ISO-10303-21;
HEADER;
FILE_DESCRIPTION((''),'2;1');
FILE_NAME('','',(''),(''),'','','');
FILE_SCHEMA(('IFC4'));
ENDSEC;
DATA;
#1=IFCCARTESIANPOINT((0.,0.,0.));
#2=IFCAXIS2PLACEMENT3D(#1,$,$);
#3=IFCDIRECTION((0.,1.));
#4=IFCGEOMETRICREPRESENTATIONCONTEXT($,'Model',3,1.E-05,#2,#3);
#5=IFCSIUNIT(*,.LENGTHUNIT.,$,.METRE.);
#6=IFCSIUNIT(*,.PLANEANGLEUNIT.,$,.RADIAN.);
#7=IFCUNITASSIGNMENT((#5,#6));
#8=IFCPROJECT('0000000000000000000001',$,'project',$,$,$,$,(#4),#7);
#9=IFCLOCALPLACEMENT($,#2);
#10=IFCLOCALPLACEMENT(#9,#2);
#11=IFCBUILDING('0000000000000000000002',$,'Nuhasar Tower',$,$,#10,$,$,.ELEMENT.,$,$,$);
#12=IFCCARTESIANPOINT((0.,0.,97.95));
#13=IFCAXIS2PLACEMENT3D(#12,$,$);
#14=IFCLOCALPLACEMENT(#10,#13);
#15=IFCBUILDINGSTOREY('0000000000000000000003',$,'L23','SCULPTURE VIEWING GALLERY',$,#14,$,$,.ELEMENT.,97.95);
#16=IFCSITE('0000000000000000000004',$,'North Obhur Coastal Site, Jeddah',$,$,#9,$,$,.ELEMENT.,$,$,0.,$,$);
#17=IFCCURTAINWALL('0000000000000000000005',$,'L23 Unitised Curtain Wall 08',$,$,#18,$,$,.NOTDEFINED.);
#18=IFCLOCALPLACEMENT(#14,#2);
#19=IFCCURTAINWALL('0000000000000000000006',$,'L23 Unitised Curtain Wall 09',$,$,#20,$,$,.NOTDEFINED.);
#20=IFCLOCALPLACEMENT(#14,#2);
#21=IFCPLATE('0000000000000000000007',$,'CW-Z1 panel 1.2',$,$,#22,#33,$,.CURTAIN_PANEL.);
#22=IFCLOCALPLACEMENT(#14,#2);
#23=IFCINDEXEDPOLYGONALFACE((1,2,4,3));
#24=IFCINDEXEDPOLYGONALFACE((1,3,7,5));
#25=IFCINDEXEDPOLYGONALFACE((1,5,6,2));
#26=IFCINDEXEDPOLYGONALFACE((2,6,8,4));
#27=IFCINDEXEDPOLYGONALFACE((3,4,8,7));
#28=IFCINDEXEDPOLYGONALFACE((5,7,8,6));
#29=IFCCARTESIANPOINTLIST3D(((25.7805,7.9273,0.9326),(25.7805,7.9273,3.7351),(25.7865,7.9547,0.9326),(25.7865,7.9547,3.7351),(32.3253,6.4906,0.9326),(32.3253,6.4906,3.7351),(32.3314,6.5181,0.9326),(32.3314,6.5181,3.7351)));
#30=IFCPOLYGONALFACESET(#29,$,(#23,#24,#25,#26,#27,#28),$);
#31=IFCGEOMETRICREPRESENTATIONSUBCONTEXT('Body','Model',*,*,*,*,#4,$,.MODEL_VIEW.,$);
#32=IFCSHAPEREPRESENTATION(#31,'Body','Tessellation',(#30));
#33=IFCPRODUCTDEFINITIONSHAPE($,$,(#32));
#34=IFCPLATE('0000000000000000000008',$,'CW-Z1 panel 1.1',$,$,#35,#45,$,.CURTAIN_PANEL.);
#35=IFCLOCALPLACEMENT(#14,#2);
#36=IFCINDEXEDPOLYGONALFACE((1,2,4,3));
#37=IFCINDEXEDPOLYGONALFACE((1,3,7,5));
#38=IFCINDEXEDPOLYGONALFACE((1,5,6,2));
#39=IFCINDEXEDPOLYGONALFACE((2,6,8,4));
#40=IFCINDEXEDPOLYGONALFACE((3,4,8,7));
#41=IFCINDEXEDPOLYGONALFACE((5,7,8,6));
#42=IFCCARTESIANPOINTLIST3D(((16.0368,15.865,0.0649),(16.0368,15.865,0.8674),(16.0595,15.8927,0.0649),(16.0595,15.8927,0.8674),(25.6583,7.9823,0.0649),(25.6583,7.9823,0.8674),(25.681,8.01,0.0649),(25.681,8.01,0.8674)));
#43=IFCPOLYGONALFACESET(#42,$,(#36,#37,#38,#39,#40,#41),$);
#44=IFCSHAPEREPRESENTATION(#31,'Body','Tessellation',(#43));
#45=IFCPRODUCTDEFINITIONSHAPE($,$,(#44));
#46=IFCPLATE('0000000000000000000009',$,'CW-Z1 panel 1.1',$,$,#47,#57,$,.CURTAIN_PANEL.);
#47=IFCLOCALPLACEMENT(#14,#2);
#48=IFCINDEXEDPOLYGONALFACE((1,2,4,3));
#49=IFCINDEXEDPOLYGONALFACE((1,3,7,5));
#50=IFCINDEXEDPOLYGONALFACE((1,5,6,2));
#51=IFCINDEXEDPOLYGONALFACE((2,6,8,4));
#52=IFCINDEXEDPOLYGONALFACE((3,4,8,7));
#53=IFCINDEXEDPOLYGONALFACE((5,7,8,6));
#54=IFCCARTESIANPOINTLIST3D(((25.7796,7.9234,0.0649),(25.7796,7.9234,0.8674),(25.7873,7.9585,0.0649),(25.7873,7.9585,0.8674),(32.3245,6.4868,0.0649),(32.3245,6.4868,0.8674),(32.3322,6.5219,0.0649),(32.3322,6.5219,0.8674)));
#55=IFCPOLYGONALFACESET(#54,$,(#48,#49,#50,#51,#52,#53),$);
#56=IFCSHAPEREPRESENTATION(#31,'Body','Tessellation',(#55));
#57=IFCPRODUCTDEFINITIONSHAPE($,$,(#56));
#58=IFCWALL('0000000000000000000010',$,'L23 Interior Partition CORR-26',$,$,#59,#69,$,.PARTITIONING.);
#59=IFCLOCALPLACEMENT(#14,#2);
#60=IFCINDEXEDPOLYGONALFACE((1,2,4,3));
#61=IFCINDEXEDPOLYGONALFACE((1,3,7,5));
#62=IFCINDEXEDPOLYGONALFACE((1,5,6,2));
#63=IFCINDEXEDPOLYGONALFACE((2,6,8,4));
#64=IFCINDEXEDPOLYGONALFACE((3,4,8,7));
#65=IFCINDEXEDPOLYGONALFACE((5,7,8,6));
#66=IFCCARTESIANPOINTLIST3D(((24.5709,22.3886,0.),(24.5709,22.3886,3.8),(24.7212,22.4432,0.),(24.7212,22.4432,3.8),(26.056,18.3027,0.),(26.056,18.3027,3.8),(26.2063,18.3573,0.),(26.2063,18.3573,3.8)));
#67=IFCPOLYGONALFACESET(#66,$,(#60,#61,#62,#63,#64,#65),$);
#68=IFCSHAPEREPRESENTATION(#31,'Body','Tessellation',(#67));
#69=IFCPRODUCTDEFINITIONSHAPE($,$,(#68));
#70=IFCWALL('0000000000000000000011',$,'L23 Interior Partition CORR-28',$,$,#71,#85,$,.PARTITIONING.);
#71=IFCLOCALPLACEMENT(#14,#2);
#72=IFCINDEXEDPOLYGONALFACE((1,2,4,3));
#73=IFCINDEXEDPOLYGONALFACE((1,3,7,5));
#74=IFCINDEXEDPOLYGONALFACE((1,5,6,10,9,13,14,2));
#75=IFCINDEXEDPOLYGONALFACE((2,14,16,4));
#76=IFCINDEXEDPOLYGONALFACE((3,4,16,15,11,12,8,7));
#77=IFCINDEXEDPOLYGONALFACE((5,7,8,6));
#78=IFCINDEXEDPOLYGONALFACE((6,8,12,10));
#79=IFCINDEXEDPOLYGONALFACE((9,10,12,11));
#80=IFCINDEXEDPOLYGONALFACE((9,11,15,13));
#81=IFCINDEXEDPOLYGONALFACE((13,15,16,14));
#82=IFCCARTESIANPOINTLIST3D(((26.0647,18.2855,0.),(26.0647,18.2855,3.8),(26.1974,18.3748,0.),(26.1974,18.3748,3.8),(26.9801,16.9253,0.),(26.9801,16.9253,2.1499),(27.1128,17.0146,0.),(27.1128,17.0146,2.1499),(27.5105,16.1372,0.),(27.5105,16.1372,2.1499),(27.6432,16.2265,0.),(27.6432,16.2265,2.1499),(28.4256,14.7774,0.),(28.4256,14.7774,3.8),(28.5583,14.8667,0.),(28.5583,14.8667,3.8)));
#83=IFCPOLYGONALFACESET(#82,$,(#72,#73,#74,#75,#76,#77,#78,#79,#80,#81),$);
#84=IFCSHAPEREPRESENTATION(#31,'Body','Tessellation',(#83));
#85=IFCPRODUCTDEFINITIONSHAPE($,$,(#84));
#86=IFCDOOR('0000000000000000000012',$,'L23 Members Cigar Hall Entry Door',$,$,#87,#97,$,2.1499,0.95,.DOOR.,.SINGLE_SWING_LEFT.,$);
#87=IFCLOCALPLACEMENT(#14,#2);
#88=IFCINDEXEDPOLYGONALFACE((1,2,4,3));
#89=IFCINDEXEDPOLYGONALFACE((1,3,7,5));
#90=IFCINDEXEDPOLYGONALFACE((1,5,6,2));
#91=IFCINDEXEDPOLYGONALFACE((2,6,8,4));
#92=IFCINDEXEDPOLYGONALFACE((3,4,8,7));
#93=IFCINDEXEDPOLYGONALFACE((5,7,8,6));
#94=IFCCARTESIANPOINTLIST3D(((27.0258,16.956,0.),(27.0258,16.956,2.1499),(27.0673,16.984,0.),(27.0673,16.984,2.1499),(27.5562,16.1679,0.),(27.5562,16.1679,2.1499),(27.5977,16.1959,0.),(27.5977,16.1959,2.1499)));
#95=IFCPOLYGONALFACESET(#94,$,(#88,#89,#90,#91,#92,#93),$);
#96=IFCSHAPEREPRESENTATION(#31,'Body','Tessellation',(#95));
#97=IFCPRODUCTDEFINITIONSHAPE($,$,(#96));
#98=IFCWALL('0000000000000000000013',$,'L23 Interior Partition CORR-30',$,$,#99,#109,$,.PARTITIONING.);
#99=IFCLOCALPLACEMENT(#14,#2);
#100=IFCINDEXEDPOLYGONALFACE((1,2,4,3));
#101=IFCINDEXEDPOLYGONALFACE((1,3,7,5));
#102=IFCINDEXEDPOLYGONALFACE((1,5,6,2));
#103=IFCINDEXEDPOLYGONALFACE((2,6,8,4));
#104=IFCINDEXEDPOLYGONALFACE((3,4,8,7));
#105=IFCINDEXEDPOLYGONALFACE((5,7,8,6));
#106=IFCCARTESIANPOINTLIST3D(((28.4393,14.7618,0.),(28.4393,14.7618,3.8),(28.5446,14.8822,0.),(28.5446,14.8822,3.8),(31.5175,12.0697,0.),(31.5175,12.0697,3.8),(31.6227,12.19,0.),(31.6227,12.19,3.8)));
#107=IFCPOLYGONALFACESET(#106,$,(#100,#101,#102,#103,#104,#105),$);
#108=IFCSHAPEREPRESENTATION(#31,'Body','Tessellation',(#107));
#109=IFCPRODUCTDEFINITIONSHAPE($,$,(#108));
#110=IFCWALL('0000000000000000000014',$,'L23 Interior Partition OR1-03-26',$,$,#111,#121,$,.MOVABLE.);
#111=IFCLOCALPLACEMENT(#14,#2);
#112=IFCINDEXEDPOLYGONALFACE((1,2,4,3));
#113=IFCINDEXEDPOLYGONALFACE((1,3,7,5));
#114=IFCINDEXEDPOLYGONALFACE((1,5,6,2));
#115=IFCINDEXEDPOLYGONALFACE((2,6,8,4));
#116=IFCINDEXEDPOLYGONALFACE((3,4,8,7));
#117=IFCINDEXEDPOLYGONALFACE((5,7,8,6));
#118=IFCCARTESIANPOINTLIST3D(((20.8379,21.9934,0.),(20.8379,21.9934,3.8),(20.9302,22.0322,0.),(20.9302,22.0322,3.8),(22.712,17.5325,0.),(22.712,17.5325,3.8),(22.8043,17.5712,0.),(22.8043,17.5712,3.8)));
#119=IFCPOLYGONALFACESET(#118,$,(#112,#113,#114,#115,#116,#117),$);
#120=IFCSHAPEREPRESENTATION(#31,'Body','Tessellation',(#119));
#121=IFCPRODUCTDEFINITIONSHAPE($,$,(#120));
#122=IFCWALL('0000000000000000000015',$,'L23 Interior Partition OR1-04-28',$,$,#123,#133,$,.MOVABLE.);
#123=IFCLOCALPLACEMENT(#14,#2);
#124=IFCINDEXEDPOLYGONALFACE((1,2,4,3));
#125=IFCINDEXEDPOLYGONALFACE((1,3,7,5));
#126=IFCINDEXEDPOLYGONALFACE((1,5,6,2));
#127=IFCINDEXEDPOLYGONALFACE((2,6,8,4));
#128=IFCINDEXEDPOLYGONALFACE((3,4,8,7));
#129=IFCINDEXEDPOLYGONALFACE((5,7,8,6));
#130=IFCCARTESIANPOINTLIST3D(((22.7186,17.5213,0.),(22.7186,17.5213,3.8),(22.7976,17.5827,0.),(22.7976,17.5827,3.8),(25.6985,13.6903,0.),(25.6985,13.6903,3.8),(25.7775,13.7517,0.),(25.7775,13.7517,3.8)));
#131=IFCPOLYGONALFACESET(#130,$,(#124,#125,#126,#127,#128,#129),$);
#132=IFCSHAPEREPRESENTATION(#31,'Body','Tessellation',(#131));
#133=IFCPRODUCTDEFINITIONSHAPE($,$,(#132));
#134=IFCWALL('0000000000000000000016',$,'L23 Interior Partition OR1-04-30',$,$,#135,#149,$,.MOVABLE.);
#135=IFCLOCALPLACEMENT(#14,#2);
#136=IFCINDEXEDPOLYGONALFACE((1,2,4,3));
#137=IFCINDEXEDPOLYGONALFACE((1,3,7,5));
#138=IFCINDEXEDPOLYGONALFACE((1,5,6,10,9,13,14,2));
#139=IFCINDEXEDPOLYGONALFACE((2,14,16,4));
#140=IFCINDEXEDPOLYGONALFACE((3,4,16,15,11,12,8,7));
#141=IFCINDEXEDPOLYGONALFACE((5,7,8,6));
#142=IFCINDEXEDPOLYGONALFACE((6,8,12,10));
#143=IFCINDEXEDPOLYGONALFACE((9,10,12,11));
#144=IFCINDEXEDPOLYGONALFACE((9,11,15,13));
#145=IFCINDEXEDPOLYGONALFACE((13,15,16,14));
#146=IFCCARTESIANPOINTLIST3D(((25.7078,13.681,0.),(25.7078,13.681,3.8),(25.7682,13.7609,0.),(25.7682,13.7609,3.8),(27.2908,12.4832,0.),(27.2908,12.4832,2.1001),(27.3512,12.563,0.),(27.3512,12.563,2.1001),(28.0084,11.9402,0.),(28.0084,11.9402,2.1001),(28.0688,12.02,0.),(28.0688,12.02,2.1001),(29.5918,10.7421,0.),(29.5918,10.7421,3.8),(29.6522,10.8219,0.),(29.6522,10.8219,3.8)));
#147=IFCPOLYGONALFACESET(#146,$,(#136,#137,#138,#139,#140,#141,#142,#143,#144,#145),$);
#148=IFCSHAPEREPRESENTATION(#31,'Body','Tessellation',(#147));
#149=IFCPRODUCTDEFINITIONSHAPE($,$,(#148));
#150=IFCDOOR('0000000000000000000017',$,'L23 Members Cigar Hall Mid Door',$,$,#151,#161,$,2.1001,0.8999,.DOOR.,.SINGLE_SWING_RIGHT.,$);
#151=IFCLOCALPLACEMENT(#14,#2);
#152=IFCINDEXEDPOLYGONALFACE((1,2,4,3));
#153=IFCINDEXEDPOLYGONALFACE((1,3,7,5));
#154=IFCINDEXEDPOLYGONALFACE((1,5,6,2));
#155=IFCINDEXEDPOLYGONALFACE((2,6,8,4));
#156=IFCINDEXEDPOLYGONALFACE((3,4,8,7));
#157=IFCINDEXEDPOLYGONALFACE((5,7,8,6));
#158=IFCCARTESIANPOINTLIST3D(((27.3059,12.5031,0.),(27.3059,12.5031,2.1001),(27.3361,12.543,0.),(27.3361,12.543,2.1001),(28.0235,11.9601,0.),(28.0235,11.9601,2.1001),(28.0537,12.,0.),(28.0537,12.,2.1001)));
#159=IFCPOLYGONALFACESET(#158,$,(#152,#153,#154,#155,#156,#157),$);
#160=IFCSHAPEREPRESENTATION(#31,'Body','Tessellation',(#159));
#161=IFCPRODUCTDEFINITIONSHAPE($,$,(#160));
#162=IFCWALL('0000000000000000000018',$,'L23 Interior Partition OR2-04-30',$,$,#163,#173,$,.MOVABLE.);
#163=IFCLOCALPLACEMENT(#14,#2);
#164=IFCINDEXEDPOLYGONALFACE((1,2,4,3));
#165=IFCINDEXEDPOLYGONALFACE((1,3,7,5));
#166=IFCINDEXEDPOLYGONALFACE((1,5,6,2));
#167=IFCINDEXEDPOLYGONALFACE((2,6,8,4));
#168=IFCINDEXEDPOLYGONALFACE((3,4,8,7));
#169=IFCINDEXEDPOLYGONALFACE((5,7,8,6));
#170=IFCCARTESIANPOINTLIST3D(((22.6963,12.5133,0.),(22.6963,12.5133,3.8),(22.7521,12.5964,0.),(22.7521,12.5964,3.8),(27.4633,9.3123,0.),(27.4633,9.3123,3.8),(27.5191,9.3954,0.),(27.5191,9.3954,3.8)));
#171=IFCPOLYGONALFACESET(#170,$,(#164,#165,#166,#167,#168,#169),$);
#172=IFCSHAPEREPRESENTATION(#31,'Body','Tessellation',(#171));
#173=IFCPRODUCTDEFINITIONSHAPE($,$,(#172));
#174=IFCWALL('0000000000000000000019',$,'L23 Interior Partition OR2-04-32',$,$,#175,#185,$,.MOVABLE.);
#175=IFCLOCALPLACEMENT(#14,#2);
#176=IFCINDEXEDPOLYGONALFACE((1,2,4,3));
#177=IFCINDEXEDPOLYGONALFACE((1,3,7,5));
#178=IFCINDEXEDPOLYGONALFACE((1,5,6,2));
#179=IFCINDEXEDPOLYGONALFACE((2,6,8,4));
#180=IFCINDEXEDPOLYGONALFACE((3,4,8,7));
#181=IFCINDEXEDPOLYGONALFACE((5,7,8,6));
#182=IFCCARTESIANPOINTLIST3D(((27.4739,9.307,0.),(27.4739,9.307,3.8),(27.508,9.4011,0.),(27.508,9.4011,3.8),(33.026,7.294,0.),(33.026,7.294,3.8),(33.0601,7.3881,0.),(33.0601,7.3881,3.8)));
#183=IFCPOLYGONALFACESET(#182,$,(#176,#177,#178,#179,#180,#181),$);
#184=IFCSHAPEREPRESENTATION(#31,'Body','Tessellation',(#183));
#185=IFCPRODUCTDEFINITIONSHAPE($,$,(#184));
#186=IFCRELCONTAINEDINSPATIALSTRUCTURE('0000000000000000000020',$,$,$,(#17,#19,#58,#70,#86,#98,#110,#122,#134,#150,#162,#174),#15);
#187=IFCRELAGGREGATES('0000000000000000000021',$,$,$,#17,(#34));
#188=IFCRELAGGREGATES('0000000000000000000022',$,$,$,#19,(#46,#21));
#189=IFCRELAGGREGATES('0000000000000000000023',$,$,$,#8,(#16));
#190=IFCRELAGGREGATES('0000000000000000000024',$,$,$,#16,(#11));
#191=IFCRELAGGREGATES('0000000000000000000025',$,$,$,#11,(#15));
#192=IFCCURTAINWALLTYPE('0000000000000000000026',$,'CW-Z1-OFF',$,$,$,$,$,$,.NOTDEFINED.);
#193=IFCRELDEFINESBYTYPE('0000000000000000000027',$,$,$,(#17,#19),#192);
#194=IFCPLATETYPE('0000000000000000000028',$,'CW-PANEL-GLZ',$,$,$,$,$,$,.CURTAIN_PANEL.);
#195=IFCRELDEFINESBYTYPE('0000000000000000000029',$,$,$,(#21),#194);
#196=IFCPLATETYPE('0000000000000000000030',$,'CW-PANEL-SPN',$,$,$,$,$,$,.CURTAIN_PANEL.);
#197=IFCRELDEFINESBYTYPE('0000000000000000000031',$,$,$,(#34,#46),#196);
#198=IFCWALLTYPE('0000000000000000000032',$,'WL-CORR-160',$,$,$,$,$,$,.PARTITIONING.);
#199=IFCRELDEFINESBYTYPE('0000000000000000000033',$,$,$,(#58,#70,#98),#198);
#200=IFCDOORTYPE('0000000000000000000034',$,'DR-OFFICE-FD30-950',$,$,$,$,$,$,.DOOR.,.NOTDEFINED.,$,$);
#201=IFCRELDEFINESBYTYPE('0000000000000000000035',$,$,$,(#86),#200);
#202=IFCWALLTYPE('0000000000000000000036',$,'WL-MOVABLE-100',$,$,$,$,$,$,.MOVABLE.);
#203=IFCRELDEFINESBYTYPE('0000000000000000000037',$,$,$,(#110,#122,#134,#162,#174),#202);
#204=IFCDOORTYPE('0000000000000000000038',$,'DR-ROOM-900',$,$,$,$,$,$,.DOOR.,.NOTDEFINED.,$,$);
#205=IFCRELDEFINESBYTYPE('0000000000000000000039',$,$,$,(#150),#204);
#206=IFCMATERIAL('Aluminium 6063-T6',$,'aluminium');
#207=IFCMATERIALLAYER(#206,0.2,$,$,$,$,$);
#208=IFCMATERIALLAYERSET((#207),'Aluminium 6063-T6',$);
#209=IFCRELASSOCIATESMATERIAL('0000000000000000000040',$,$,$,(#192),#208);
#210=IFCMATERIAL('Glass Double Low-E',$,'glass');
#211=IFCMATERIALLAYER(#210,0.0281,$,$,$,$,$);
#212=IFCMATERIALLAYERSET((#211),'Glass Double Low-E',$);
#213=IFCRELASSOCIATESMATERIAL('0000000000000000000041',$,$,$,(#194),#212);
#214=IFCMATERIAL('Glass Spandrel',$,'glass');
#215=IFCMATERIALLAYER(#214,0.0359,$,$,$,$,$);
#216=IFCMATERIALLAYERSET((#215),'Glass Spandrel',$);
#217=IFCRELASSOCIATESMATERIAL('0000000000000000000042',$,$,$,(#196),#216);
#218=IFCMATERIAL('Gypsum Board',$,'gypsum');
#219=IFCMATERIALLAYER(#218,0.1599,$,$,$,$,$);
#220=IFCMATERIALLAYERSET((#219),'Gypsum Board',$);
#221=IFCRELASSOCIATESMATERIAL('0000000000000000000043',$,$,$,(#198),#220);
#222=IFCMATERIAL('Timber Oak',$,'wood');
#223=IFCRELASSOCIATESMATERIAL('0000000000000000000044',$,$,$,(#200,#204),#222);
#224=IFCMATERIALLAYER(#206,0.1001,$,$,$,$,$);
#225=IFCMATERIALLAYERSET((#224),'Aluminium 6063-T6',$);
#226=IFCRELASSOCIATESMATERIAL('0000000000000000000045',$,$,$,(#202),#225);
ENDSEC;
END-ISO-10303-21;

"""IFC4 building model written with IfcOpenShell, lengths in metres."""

from ifc_helpers import new_model, si_unit, direction, frame, frame_2d, origin, origin_2d, place, context, subcontext, project, spatial, rectangle, extrude, material, layer, layer_set, type_object, element, fill, aggregate, save


model = new_model("IFC4")

# Units and contexts
model_context = context("Model", 3, precision=1e-05, world=origin(), true_north=direction((0.0, 1.0)))
body_context = subcontext(model_context, "Body", "Model", "MODEL_VIEW")
ifc_project = project(units=[si_unit("LENGTHUNIT", "METRE"), si_unit("PLANEANGLEUNIT", "RADIAN")], contexts=[model_context])

# Site, building, storey
site_placement = place(None, origin())
site = spatial("IfcSite", under=ifc_project, at=site_placement, Name="North Obhur Coastal Site, Jeddah", CompositionType="ELEMENT", RefElevation=0.0)
building_placement = place(site_placement, origin())
building = spatial("IfcBuilding", under=site, at=building_placement, Name="Nuhasar Tower", CompositionType="ELEMENT")
storey_placement = place(building_placement, frame((0.0, 0.0, 97.95)))
storey = spatial("IfcBuildingStorey", under=building, at=storey_placement, Name="L23", Description="SCULPTURE VIEWING GALLERY", CompositionType="ELEMENT", Elevation=97.95)

# Curtain wall
ifc_material_1 = material(Name="Aluminium 6063-T6", Category="aluminium")
ifc_layer_1 = layer(ifc_material_1, 0.2)
ifc_layer_set_1 = layer_set([ifc_layer_1], Name="Aluminium 6063-T6")
curtain_wall_type = type_object("IfcCurtainWallType", Name="CW-Z1-OFF", PredefinedType="NOTDEFINED", material=ifc_layer_set_1)
curtain_wall_1_placement = place(storey_placement, origin())
curtain_wall_1 = element("IfcCurtainWall", 1, at=curtain_wall_1_placement, inside=storey, type_object=curtain_wall_type, Name="L23 Unitised Curtain Wall 08", PredefinedType="NOTDEFINED")

# Curtain wall
curtain_wall_2_placement = place(storey_placement, origin())
curtain_wall_2 = element("IfcCurtainWall", 2, at=curtain_wall_2_placement, inside=storey, type_object=curtain_wall_type, Name="L23 Unitised Curtain Wall 09", PredefinedType="NOTDEFINED")

# Plates
ifc_material_2 = material(Name="Glass Double Low-E", Category="glass")
ifc_layer_2 = layer(ifc_material_2, 0.0281)
ifc_layer_set_2 = layer_set([ifc_layer_2], Name="Glass Double Low-E")
plate_type_1 = type_object("IfcPlateType", Name="CW-PANEL-GLZ", PredefinedType="CURTAIN_PANEL", material=ifc_layer_set_2)
plate_1_placement = place(storey_placement, frame((29.0559, 7.2227, 0.9326), z_axis=(0.0, 0.0, 1.0), x_axis=(0.976746, -0.214399, 0.0)))
plate_1 = element("IfcPlate", 3, at=plate_1_placement, type_object=plate_type_1, Name="CW-Z1 panel 1.2", PredefinedType="CURTAIN_PANEL", context=body_context, shape_type="SweptSolid", body=[
    extrude(rectangle(XDim=6.7007, YDim=0.0281, at=origin_2d()), origin(), (0.0, 0.0, 1.0), 2.8025),
])
ifc_material_3 = material(Name="Glass Spandrel", Category="glass")
ifc_layer_3 = layer(ifc_material_3, 0.0359)
ifc_layer_set_3 = layer_set([ifc_layer_3], Name="Glass Spandrel")
plate_type_2 = type_object("IfcPlateType", Name="CW-PANEL-SPN", PredefinedType="CURTAIN_PANEL", material=ifc_layer_set_3)
plate_2_placement = place(storey_placement, frame((20.8589, 11.9375, 0.0649), z_axis=(0.0, 0.0, 1.0), x_axis=(0.773542, -0.633745, 0.0)))
plate_2 = element("IfcPlate", 4, at=plate_2_placement, type_object=plate_type_2, Name="CW-Z1 panel 1.1", PredefinedType="CURTAIN_PANEL", context=body_context, shape_type="SweptSolid", body=[
    extrude(rectangle(XDim=12.4382, YDim=0.0359, at=origin_2d()), origin(), (0.0, 0.0, 1.0), 0.8025),
])
aggregate(curtain_wall_1, [plate_2])
plate_3_placement = place(storey_placement, frame((29.0559, 7.2227, 0.0649), z_axis=(0.0, 0.0, 1.0), x_axis=(0.976746, -0.214399, 0.0)))
plate_3 = element("IfcPlate", 5, at=plate_3_placement, type_object=plate_type_2, Name="CW-Z1 panel 1.1", PredefinedType="CURTAIN_PANEL", context=body_context, shape_type="SweptSolid", body=[
    extrude(rectangle(XDim=6.7007, YDim=0.0359, at=origin_2d()), origin(), (0.0, 0.0, 1.0), 0.8025),
])
aggregate(curtain_wall_2, [plate_3, plate_1])

# Wall
ifc_material_4 = material(Name="Gypsum Board", Category="gypsum")
ifc_layer_4 = layer(ifc_material_4, 0.1599)
ifc_layer_set_4 = layer_set([ifc_layer_4], Name="Gypsum Board")
wall_type_1 = type_object("IfcWallType", Name="WL-CORR-160", PredefinedType="PARTITIONING", material=ifc_layer_set_4)
wall_1_placement = place(storey_placement, frame((24.646, 22.416, 0.0), z_axis=(0.0, 0.0, 1.0), x_axis=(0.341603, -0.939844, 0.0)))
element("IfcWall", 6, at=wall_1_placement, inside=storey, type_object=wall_type_1, Name="L23 Interior Partition CORR-26", PredefinedType="PARTITIONING", context=body_context, shape_type="SweptSolid", body=[
    extrude(rectangle(XDim=4.3474, YDim=0.1599, at=frame_2d((2.1738, 0.0))), origin(), (0.0, 0.0, 1.0), 3.8),
])

# Wall, opening, door
wall_2_placement = place(storey_placement, frame((28.4919, 14.822, 0.0), z_axis=(0.0, 0.0, 1.0), x_axis=(-0.558319, 0.829626, 0.0)))
wall_2 = element("IfcWall", 7, at=wall_2_placement, inside=storey, type_object=wall_type_1, Name="L23 Interior Partition CORR-28", PredefinedType="PARTITIONING", context=body_context, shape_type="SweptSolid", body=[
    extrude(rectangle(XDim=4.2285, YDim=0.1599, at=frame_2d((2.1143, 0.0))), origin(), (0.0, 0.0, 1.0), 3.8),
])
opening_1_placement = place(wall_2_placement, frame((1.6389, 0.0, 0.0)))
opening_1 = element("IfcOpeningElement", 8, at=opening_1_placement, cuts=wall_2, PredefinedType="OPENING", context=body_context, shape_type="SweptSolid", body=[
    extrude(rectangle(XDim=0.95, YDim=2.1499, at=frame_2d((0.4751, 1.075))), frame((0.0, 0.0898, 0.0), z_axis=(0.0, -1.0, 0.0), x_axis=(1.0, 0.0, 0.0)), (0.0, 0.0, 1.0), 0.1799),
])
ifc_material_5 = material(Name="Timber Oak", Category="wood")
door_type_1 = type_object("IfcDoorType", Name="DR-OFFICE-FD30-950", OperationType="NOTDEFINED", PredefinedType="DOOR", material=ifc_material_5)
door_1_placement = place(opening_1_placement, origin())
door_1 = element("IfcDoor", 9, at=door_1_placement, inside=storey, type_object=door_type_1, Name="L23 Members Cigar Hall Entry Door", OperationType="SINGLE_SWING_LEFT", OverallHeight=2.1499, OverallWidth=0.95, PredefinedType="DOOR", context=body_context, shape_type="SweptSolid", body=[
    extrude(rectangle(XDim=0.95, YDim=2.1499, at=frame_2d((0.4751, 1.075))), frame((0.0, 0.0249, 0.0), z_axis=(0.0, -1.0, 0.0), x_axis=(1.0, 0.0, 0.0)), (0.0, 0.0, 1.0), 0.05),
])
fill(opening_1, door_1)

# Walls
wall_3_placement = place(storey_placement, frame((28.4919, 14.822, 0.0), z_axis=(0.0, 0.0, 1.0), x_axis=(0.752725, -0.658336, 0.0)))
element("IfcWall", 10, at=wall_3_placement, inside=storey, type_object=wall_type_1, Name="L23 Interior Partition CORR-30", PredefinedType="PARTITIONING", context=body_context, shape_type="SweptSolid", body=[
    extrude(rectangle(XDim=4.0894, YDim=0.1599, at=frame_2d((2.0447, 0.0))), origin(), (0.0, 0.0, 1.0), 3.8),
])
ifc_layer_5 = layer(ifc_material_1, 0.1001)
ifc_layer_set_5 = layer_set([ifc_layer_5], Name="Aluminium 6063-T6")
wall_type_2 = type_object("IfcWallType", Name="WL-MOVABLE-100", PredefinedType="MOVABLE", material=ifc_layer_set_5)
wall_4_placement = place(storey_placement, frame((20.884, 22.0129, 0.0), z_axis=(0.0, 0.0, 1.0), x_axis=(0.387308, -0.92195, 0.0)))
element("IfcWall", 11, at=wall_4_placement, inside=storey, type_object=wall_type_2, Name="L23 Interior Partition OR1-03-26", PredefinedType="MOVABLE", context=body_context, shape_type="SweptSolid", body=[
    extrude(rectangle(XDim=4.8386, YDim=0.1001, at=frame_2d((2.4194, 0.0))), origin(), (0.0, 0.0, 1.0), 3.8),
])
wall_5_placement = place(storey_placement, frame((22.7581, 17.552, 0.0), z_axis=(0.0, 0.0, 1.0), x_axis=(0.613975, -0.789325, 0.0)))
element("IfcWall", 12, at=wall_5_placement, inside=storey, type_object=wall_type_2, Name="L23 Interior Partition OR1-04-28", PredefinedType="MOVABLE", context=body_context, shape_type="SweptSolid", body=[
    extrude(rectangle(XDim=4.8535, YDim=0.1001, at=frame_2d((2.4268, 0.0))), origin(), (0.0, 0.0, 1.0), 3.8),
])

# Wall, opening, door
wall_6_placement = place(storey_placement, frame((25.738, 13.7209, 0.0), z_axis=(0.0, 0.0, 1.0), x_axis=(0.797436, -0.603403, 0.0)))
wall_6 = element("IfcWall", 13, at=wall_6_placement, inside=storey, type_object=wall_type_2, Name="L23 Interior Partition OR1-04-30", PredefinedType="MOVABLE", context=body_context, shape_type="SweptSolid", body=[
    extrude(rectangle(XDim=4.8706, YDim=0.1001, at=frame_2d((2.4353, 0.0))), origin(), (0.0, 0.0, 1.0), 3.8),
])
opening_2_placement = place(wall_6_placement, frame((1.9851, 0.0, 0.0)))
opening_2 = element("IfcOpeningElement", 14, at=opening_2_placement, cuts=wall_6, PredefinedType="OPENING", context=body_context, shape_type="SweptSolid", body=[
    extrude(rectangle(XDim=0.8999, YDim=2.1001, at=frame_2d((0.45, 1.05))), frame((0.0, 0.0601, 0.0), z_axis=(0.0, -1.0, 0.0), x_axis=(1.0, 0.0, 0.0)), (0.0, 0.0, 1.0), 0.1201),
])
door_type_2 = type_object("IfcDoorType", Name="DR-ROOM-900", OperationType="NOTDEFINED", PredefinedType="DOOR", material=ifc_material_5)
door_2_placement = place(opening_2_placement, origin())
door_2 = element("IfcDoor", 15, at=door_2_placement, inside=storey, type_object=door_type_2, Name="L23 Members Cigar Hall Mid Door", OperationType="SINGLE_SWING_RIGHT", OverallHeight=2.1001, OverallWidth=0.8999, PredefinedType="DOOR", context=body_context, shape_type="SweptSolid", body=[
    extrude(rectangle(XDim=0.8999, YDim=2.1001, at=frame_2d((0.45, 1.05))), frame((0.0, 0.0249, 0.0), z_axis=(0.0, -1.0, 0.0), x_axis=(1.0, 0.0, 0.0)), (0.0, 0.0, 1.0), 0.05),
])
fill(opening_2, door_2)

# Walls
wall_7_placement = place(storey_placement, frame((22.7241, 12.5549, 0.0), z_axis=(0.0, 0.0, 1.0), x_axis=(0.830194, -0.557474, 0.0)))
element("IfcWall", 16, at=wall_7_placement, inside=storey, type_object=wall_type_2, Name="L23 Interior Partition OR2-04-30", PredefinedType="MOVABLE", context=body_context, shape_type="SweptSolid", body=[
    extrude(rectangle(XDim=5.7419, YDim=0.1001, at=frame_2d((2.8711, 0.0))), origin(), (0.0, 0.0, 1.0), 3.8),
])
wall_8_placement = place(storey_placement, frame((27.491, 9.354, 0.0), z_axis=(0.0, 0.0, 1.0), x_axis=(0.940118, -0.34085, 0.0)))
element("IfcWall", 17, at=wall_8_placement, inside=storey, type_object=wall_type_2, Name="L23 Interior Partition OR2-04-32", PredefinedType="MOVABLE", context=body_context, shape_type="SweptSolid", body=[
    extrude(rectangle(XDim=5.9058, YDim=0.1001, at=frame_2d((2.9529, 0.0))), origin(), (0.0, 0.0, 1.0), 3.8),
])

save(model, "model.ifc")
